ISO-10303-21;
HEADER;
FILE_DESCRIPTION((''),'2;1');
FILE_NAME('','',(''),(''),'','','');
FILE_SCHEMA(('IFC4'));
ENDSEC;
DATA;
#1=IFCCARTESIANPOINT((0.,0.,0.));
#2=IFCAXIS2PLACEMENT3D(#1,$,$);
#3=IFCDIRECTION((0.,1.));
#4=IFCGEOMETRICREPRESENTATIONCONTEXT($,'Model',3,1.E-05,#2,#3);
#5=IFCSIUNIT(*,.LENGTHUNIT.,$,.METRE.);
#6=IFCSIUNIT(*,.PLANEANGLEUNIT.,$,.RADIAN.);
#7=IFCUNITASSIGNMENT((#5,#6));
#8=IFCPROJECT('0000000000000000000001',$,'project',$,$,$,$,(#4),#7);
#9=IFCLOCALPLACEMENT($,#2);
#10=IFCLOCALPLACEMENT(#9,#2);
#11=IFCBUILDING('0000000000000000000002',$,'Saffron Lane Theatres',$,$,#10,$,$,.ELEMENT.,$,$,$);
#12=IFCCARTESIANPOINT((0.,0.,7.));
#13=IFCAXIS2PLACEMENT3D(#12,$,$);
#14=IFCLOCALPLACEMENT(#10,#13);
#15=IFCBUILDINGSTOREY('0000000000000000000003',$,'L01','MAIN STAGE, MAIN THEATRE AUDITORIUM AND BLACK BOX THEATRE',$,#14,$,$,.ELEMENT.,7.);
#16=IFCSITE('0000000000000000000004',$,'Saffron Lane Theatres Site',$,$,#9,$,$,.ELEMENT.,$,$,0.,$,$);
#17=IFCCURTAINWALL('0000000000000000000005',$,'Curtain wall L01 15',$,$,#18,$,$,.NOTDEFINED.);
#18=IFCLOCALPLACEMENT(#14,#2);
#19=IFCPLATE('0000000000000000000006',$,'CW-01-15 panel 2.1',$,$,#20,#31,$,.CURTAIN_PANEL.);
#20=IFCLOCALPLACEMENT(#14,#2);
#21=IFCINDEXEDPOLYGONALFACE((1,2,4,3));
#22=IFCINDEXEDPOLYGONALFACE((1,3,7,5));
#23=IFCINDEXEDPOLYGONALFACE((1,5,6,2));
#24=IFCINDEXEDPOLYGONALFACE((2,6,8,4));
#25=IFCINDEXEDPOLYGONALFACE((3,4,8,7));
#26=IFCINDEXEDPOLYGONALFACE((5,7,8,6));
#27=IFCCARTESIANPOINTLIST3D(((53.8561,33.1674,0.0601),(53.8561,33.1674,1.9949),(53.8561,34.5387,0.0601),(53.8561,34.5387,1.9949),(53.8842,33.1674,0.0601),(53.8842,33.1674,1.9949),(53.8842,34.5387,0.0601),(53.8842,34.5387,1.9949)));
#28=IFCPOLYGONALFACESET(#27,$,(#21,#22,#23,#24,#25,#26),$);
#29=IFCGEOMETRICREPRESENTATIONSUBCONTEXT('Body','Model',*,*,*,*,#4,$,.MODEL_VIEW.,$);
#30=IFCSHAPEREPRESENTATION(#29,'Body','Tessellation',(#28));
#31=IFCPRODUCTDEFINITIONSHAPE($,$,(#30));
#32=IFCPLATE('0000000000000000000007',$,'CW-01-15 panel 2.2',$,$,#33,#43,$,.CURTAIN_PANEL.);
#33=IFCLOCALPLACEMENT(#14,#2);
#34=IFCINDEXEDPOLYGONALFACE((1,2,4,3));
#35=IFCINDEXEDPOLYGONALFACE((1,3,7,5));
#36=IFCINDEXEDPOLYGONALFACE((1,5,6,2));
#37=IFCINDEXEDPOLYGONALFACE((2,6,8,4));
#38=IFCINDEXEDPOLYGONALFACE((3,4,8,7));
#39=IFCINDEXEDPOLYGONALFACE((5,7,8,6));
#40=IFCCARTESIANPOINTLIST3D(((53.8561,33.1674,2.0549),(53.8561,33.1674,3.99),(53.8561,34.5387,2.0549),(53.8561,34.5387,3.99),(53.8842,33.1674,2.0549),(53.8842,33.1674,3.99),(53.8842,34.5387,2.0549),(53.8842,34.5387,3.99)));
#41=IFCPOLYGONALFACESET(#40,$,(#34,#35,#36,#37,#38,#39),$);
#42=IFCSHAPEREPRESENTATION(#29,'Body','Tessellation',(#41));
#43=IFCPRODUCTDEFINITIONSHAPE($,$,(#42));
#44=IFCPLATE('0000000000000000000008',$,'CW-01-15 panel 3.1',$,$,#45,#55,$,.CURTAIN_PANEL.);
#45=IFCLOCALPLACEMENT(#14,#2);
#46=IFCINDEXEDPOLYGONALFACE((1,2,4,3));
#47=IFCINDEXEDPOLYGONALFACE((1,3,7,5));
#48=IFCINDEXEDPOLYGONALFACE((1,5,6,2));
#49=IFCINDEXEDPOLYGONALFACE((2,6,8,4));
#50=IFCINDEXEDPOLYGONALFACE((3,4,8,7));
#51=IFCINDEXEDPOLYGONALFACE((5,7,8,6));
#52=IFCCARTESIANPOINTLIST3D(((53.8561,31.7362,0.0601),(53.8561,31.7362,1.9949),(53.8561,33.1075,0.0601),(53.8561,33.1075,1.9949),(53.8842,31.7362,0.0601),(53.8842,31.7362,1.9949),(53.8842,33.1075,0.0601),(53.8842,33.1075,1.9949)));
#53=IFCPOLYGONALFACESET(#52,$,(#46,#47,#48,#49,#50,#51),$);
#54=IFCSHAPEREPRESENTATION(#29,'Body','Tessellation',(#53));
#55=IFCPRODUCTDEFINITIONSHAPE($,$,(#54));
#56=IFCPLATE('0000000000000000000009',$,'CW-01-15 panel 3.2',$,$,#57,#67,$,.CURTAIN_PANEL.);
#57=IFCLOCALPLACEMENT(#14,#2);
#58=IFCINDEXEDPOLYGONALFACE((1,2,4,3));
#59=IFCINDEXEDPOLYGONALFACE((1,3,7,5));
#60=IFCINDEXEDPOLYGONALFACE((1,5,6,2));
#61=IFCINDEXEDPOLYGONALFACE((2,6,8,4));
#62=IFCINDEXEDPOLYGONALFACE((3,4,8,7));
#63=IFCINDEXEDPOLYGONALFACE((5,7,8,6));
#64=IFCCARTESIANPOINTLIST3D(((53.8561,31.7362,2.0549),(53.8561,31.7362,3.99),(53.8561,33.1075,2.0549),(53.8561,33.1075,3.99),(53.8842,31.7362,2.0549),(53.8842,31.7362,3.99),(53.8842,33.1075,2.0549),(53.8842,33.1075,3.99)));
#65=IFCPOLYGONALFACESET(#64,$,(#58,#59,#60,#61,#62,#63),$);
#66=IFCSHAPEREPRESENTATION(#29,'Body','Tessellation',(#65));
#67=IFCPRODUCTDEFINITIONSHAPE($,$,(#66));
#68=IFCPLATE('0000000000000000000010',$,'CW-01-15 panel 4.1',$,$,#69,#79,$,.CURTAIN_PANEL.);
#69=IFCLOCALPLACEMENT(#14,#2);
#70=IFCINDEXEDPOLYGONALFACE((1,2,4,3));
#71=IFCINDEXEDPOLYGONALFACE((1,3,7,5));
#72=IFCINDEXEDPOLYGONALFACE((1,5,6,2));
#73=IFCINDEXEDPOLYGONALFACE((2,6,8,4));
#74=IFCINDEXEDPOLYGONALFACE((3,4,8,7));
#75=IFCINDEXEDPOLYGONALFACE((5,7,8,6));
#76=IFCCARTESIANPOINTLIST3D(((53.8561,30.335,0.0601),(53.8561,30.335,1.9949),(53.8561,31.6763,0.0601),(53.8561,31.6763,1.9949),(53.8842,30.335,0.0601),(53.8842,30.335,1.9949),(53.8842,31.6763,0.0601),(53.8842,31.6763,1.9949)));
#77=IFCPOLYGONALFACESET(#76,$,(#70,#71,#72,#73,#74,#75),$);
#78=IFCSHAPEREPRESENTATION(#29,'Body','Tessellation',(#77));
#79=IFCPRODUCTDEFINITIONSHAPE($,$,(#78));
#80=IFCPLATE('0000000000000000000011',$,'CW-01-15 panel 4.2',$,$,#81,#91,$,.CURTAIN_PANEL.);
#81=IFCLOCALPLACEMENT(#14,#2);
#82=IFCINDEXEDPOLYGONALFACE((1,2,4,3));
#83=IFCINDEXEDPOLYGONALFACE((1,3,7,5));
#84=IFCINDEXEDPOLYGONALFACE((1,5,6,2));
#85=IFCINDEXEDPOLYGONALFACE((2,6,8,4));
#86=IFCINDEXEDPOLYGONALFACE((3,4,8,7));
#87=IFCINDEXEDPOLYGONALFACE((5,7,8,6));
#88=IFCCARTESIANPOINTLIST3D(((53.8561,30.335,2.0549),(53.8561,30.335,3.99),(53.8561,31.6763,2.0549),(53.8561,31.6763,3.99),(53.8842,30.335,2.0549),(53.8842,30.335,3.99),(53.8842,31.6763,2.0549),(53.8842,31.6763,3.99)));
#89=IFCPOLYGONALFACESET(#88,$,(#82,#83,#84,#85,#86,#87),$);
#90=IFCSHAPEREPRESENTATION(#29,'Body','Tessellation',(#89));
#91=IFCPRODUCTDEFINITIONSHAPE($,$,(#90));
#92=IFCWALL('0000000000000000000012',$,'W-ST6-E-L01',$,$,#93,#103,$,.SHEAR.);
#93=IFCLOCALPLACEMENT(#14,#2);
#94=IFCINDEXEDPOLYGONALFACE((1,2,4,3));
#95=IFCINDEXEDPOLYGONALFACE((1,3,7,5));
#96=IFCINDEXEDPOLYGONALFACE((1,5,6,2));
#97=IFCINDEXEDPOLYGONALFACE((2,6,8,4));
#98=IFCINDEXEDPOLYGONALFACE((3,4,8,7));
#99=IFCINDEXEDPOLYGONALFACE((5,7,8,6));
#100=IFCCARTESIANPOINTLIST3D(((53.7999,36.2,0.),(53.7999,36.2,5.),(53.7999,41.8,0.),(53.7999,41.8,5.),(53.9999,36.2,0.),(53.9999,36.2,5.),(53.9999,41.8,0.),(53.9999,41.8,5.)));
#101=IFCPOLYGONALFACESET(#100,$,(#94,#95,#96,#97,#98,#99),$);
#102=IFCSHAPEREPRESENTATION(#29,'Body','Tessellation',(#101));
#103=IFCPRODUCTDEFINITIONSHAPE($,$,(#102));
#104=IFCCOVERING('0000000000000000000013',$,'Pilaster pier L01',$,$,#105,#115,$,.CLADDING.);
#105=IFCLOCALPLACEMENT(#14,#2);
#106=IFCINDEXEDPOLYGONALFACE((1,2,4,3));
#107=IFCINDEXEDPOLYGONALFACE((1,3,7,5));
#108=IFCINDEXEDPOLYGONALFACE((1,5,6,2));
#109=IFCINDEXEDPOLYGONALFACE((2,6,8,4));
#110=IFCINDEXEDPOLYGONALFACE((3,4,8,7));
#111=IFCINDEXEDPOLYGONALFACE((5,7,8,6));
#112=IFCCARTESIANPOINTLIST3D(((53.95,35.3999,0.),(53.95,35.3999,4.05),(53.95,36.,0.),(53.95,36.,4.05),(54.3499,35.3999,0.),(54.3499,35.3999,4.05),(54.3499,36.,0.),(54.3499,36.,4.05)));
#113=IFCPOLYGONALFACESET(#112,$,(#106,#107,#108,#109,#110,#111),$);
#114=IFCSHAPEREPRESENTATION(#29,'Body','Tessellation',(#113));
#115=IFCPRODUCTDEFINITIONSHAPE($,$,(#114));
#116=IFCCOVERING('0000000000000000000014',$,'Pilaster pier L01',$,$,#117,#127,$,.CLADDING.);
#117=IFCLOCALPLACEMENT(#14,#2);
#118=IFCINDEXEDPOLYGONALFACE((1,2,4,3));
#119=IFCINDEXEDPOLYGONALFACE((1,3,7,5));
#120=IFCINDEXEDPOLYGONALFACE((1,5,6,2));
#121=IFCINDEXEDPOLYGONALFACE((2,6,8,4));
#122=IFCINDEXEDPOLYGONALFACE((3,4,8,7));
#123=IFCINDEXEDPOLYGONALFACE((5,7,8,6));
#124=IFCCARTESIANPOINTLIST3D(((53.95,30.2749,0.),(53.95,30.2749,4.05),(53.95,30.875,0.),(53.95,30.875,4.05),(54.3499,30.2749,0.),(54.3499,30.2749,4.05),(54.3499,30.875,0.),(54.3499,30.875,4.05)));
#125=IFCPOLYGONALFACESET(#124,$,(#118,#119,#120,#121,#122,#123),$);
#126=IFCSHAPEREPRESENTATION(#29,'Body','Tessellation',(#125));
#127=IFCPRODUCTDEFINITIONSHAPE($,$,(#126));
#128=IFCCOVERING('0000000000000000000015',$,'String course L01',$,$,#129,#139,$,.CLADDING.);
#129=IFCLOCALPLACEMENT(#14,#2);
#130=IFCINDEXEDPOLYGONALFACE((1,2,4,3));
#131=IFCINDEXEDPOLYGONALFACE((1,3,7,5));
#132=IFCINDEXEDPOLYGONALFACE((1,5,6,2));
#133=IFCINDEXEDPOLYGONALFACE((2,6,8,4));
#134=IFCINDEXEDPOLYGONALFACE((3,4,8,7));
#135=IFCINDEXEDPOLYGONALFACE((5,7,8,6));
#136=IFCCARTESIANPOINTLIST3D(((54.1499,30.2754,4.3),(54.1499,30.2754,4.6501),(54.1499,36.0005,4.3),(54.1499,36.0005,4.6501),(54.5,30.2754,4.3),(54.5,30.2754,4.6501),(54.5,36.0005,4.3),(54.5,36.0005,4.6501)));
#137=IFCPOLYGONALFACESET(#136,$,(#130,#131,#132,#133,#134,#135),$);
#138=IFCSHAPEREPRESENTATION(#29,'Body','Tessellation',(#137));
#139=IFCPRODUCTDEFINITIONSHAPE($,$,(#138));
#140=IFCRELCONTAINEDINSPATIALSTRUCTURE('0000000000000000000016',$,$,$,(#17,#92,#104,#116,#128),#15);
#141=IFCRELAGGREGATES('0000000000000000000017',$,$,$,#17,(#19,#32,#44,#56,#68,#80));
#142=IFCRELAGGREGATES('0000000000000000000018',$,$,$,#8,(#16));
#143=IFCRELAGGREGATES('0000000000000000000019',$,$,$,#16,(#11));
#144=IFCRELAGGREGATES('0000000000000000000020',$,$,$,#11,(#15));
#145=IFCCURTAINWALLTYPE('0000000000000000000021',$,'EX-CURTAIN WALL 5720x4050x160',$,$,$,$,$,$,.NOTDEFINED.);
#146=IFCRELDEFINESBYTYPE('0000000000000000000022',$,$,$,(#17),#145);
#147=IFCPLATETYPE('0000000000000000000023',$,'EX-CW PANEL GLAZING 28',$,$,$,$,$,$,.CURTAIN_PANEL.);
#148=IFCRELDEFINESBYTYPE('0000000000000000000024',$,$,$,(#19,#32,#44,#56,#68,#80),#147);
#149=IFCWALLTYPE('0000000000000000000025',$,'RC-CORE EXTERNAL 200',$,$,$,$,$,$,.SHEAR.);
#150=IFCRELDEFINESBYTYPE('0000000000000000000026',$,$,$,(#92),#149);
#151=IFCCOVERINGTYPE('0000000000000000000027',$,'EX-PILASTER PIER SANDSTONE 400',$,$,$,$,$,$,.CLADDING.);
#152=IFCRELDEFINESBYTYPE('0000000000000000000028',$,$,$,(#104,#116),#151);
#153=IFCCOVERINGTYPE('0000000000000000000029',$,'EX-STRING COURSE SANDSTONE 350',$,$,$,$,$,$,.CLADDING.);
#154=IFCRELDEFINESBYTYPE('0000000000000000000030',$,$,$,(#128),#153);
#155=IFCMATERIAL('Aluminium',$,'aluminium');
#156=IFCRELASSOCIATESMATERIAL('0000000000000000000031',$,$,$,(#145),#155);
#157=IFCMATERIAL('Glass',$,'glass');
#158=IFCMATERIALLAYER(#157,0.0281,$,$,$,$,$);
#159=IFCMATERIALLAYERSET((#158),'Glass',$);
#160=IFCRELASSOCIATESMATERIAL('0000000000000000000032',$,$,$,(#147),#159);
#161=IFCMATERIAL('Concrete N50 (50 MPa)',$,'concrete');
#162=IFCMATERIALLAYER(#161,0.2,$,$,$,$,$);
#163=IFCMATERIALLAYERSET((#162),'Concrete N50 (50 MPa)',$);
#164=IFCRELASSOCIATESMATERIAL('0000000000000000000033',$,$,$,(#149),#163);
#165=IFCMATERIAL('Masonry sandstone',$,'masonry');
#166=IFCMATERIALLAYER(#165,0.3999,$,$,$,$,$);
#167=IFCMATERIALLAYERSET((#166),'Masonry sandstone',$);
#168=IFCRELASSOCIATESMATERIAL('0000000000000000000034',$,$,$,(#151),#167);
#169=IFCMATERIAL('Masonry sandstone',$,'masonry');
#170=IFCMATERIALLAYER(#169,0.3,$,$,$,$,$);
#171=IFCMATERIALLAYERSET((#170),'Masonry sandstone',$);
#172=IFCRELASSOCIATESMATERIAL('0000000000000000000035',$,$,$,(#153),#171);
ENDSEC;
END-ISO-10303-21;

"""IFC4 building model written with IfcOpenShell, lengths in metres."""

from ifc_helpers import new_model, si_unit, direction, frame, frame_2d, origin, origin_2d, place, context, subcontext, project, spatial, rectangle, extrude, material, layer, layer_set, type_object, element, aggregate, save


model = new_model("IFC4")

# Units and contexts
model_context = context("Model", 3, precision=1e-05, world=origin(), true_north=direction((0.0, 1.0)))
body_context = subcontext(model_context, "Body", "Model", "MODEL_VIEW")
ifc_project = project(units=[si_unit("LENGTHUNIT", "METRE"), si_unit("PLANEANGLEUNIT", "RADIAN")], contexts=[model_context])

# Site, building, storey
site_placement = place(None, origin())
site = spatial("IfcSite", under=ifc_project, at=site_placement, Name="Saffron Lane Theatres Site", CompositionType="ELEMENT", RefElevation=0.0)
building_placement = place(site_placement, origin())
building = spatial("IfcBuilding", under=site, at=building_placement, Name="Saffron Lane Theatres", CompositionType="ELEMENT")
storey_placement = place(building_placement, frame((0.0, 0.0, 7.0)))
storey = spatial("IfcBuildingStorey", under=building, at=storey_placement, Name="L01", Description="MAIN STAGE, MAIN THEATRE AUDITORIUM AND BLACK BOX THEATRE", CompositionType="ELEMENT", Elevation=7.0)

# Curtain wall
ifc_material_1 = material(Name="Aluminium", Category="aluminium")
curtain_wall_type_1 = type_object("IfcCurtainWallType", Name="EX-CURTAIN WALL 5720x4050x160", PredefinedType="NOTDEFINED", material=ifc_material_1)
curtain_wall_1_placement = place(storey_placement, origin())
curtain_wall_1 = element("IfcCurtainWall", 1, at=curtain_wall_1_placement, inside=storey, type_object=curtain_wall_type_1, Name="Curtain wall L01 15", PredefinedType="NOTDEFINED")

# Plates
ifc_material_2 = material(Name="Glass", Category="glass")
ifc_layer_1 = layer(ifc_material_2, 0.0281)
ifc_layer_set_1 = layer_set([ifc_layer_1], Name="Glass")
plate_type = type_object("IfcPlateType", Name="EX-CW PANEL GLAZING 28", PredefinedType="CURTAIN_PANEL", material=ifc_layer_set_1)
plate_1_placement = place(storey_placement, frame((53.8701, 33.853, 0.0601), z_axis=(0.0, 0.0, 1.0), x_axis=(0.0, -1.0, 0.0)))
plate_1 = element("IfcPlate", 2, at=plate_1_placement, type_object=plate_type, Name="CW-01-15 panel 2.1", PredefinedType="CURTAIN_PANEL", context=body_context, shape_type="SweptSolid", body=[
    extrude(rectangle(XDim=1.3713, YDim=0.0281, at=origin_2d()), origin(), (0.0, 0.0, 1.0), 1.9348),
])
plate_2_placement = place(storey_placement, frame((53.8701, 33.853, 2.0549), z_axis=(0.0, 0.0, 1.0), x_axis=(0.0, -1.0, 0.0)))
plate_2 = element("IfcPlate", 3, at=plate_2_placement, type_object=plate_type, Name="CW-01-15 panel 2.2", PredefinedType="CURTAIN_PANEL", context=body_context, shape_type="SweptSolid", body=[
    extrude(rectangle(XDim=1.3713, YDim=0.0281, at=origin_2d()), origin(), (0.0, 0.0, 1.0), 1.9351),
])
plate_3_placement = place(storey_placement, frame((53.8701, 32.4219, 0.0601), z_axis=(0.0, 0.0, 1.0), x_axis=(0.0, -1.0, 0.0)))
plate_3 = element("IfcPlate", 4, at=plate_3_placement, type_object=plate_type, Name="CW-01-15 panel 3.1", PredefinedType="CURTAIN_PANEL", context=body_context, shape_type="SweptSolid", body=[
    extrude(rectangle(XDim=1.3713, YDim=0.0281, at=origin_2d()), origin(), (0.0, 0.0, 1.0), 1.9348),
])
plate_4_placement = place(storey_placement, frame((53.8701, 32.4219, 2.0549), z_axis=(0.0, 0.0, 1.0), x_axis=(0.0, -1.0, 0.0)))
plate_4 = element("IfcPlate", 5, at=plate_4_placement, type_object=plate_type, Name="CW-01-15 panel 3.2", PredefinedType="CURTAIN_PANEL", context=body_context, shape_type="SweptSolid", body=[
    extrude(rectangle(XDim=1.3713, YDim=0.0281, at=origin_2d()), origin(), (0.0, 0.0, 1.0), 1.9351),
])
plate_5_placement = place(storey_placement, frame((53.8701, 31.0056, 0.0601), z_axis=(0.0, 0.0, 1.0), x_axis=(0.0, -1.0, 0.0)))
plate_5 = element("IfcPlate", 6, at=plate_5_placement, type_object=plate_type, Name="CW-01-15 panel 4.1", PredefinedType="CURTAIN_PANEL", context=body_context, shape_type="SweptSolid", body=[
    extrude(rectangle(XDim=1.3413, YDim=0.0281, at=origin_2d()), origin(), (0.0, 0.0, 1.0), 1.9348),
])
plate_6_placement = place(storey_placement, frame((53.8701, 31.0056, 2.0549), z_axis=(0.0, 0.0, 1.0), x_axis=(0.0, -1.0, 0.0)))
plate_6 = element("IfcPlate", 7, at=plate_6_placement, type_object=plate_type, Name="CW-01-15 panel 4.2", PredefinedType="CURTAIN_PANEL", context=body_context, shape_type="SweptSolid", body=[
    extrude(rectangle(XDim=1.3413, YDim=0.0281, at=origin_2d()), origin(), (0.0, 0.0, 1.0), 1.9351),
])
aggregate(curtain_wall_1, [plate_1, plate_2, plate_3, plate_4, plate_5, plate_6])

# Wall
ifc_material_3 = material(Name="Concrete N50 (50 MPa)", Category="concrete")
ifc_layer_2 = layer(ifc_material_3, 0.2)
ifc_layer_set_2 = layer_set([ifc_layer_2], Name="Concrete N50 (50 MPa)")
wall_type = type_object("IfcWallType", Name="RC-CORE EXTERNAL 200", PredefinedType="SHEAR", material=ifc_layer_set_2)
wall_placement = place(storey_placement, frame((53.8999, 36.2, 0.0), z_axis=(0.0, 0.0, 1.0), x_axis=(0.0, 1.0, 0.0)))
element("IfcWall", 8, at=wall_placement, inside=storey, type_object=wall_type, Name="W-ST6-E-L01", PredefinedType="SHEAR", context=body_context, shape_type="SweptSolid", body=[
    extrude(rectangle(XDim=5.6001, YDim=0.2, at=frame_2d((2.8, 0.0))), origin(), (0.0, 0.0, 1.0), 5.0),
])

# Coverings
ifc_material_4 = material(Name="Masonry sandstone", Category="masonry")
ifc_layer_3 = layer(ifc_material_4, 0.3999)
ifc_layer_set_3 = layer_set([ifc_layer_3], Name="Masonry sandstone")
covering_type_1 = type_object("IfcCoveringType", Name="EX-PILASTER PIER SANDSTONE 400", PredefinedType="CLADDING", material=ifc_layer_set_3)
for number, where, z_axis, x_axis, name in (
    (9, (54.1499, 35.7, 0.0), (0.0, 0.0, 1.0), (0.0, -1.0, 0.0), "Pilaster pier L01"),
    (10, (54.1499, 30.575, 0.0), (0.0, 0.0, 1.0), (0.0, -1.0, 0.0), "Pilaster pier L01"),
):
    element("IfcCovering", number, at=place(storey_placement, frame(where, z_axis=z_axis, x_axis=x_axis)), inside=storey, type_object=covering_type_1, Name=name, PredefinedType="CLADDING", context=body_context, shape_type="SweptSolid", body=[
        extrude(rectangle(XDim=0.6001, YDim=0.3999, at=origin_2d()), origin(), (0.0, 0.0, 1.0), 4.05),
    ])
ifc_material_5 = material(Name="Masonry sandstone", Category="masonry")
ifc_layer_4 = layer(ifc_material_5, 0.3)
ifc_layer_set_4 = layer_set([ifc_layer_4], Name="Masonry sandstone")
covering_type_2 = type_object("IfcCoveringType", Name="EX-STRING COURSE SANDSTONE 350", PredefinedType="CLADDING", material=ifc_layer_set_4)
covering_1_placement = place(storey_placement, frame((54.325, 33.1379, 4.3), z_axis=(0.0, 0.0, 1.0), x_axis=(0.0, -1.0, 0.0)))
element("IfcCovering", 11, at=covering_1_placement, inside=storey, type_object=covering_type_2, Name="String course L01", PredefinedType="CLADDING", context=body_context, shape_type="SweptSolid", body=[
    extrude(rectangle(XDim=5.7251, YDim=0.3501, at=origin_2d()), origin(), (0.0, 0.0, 1.0), 0.3501),
])

save(model, "model.ifc")
